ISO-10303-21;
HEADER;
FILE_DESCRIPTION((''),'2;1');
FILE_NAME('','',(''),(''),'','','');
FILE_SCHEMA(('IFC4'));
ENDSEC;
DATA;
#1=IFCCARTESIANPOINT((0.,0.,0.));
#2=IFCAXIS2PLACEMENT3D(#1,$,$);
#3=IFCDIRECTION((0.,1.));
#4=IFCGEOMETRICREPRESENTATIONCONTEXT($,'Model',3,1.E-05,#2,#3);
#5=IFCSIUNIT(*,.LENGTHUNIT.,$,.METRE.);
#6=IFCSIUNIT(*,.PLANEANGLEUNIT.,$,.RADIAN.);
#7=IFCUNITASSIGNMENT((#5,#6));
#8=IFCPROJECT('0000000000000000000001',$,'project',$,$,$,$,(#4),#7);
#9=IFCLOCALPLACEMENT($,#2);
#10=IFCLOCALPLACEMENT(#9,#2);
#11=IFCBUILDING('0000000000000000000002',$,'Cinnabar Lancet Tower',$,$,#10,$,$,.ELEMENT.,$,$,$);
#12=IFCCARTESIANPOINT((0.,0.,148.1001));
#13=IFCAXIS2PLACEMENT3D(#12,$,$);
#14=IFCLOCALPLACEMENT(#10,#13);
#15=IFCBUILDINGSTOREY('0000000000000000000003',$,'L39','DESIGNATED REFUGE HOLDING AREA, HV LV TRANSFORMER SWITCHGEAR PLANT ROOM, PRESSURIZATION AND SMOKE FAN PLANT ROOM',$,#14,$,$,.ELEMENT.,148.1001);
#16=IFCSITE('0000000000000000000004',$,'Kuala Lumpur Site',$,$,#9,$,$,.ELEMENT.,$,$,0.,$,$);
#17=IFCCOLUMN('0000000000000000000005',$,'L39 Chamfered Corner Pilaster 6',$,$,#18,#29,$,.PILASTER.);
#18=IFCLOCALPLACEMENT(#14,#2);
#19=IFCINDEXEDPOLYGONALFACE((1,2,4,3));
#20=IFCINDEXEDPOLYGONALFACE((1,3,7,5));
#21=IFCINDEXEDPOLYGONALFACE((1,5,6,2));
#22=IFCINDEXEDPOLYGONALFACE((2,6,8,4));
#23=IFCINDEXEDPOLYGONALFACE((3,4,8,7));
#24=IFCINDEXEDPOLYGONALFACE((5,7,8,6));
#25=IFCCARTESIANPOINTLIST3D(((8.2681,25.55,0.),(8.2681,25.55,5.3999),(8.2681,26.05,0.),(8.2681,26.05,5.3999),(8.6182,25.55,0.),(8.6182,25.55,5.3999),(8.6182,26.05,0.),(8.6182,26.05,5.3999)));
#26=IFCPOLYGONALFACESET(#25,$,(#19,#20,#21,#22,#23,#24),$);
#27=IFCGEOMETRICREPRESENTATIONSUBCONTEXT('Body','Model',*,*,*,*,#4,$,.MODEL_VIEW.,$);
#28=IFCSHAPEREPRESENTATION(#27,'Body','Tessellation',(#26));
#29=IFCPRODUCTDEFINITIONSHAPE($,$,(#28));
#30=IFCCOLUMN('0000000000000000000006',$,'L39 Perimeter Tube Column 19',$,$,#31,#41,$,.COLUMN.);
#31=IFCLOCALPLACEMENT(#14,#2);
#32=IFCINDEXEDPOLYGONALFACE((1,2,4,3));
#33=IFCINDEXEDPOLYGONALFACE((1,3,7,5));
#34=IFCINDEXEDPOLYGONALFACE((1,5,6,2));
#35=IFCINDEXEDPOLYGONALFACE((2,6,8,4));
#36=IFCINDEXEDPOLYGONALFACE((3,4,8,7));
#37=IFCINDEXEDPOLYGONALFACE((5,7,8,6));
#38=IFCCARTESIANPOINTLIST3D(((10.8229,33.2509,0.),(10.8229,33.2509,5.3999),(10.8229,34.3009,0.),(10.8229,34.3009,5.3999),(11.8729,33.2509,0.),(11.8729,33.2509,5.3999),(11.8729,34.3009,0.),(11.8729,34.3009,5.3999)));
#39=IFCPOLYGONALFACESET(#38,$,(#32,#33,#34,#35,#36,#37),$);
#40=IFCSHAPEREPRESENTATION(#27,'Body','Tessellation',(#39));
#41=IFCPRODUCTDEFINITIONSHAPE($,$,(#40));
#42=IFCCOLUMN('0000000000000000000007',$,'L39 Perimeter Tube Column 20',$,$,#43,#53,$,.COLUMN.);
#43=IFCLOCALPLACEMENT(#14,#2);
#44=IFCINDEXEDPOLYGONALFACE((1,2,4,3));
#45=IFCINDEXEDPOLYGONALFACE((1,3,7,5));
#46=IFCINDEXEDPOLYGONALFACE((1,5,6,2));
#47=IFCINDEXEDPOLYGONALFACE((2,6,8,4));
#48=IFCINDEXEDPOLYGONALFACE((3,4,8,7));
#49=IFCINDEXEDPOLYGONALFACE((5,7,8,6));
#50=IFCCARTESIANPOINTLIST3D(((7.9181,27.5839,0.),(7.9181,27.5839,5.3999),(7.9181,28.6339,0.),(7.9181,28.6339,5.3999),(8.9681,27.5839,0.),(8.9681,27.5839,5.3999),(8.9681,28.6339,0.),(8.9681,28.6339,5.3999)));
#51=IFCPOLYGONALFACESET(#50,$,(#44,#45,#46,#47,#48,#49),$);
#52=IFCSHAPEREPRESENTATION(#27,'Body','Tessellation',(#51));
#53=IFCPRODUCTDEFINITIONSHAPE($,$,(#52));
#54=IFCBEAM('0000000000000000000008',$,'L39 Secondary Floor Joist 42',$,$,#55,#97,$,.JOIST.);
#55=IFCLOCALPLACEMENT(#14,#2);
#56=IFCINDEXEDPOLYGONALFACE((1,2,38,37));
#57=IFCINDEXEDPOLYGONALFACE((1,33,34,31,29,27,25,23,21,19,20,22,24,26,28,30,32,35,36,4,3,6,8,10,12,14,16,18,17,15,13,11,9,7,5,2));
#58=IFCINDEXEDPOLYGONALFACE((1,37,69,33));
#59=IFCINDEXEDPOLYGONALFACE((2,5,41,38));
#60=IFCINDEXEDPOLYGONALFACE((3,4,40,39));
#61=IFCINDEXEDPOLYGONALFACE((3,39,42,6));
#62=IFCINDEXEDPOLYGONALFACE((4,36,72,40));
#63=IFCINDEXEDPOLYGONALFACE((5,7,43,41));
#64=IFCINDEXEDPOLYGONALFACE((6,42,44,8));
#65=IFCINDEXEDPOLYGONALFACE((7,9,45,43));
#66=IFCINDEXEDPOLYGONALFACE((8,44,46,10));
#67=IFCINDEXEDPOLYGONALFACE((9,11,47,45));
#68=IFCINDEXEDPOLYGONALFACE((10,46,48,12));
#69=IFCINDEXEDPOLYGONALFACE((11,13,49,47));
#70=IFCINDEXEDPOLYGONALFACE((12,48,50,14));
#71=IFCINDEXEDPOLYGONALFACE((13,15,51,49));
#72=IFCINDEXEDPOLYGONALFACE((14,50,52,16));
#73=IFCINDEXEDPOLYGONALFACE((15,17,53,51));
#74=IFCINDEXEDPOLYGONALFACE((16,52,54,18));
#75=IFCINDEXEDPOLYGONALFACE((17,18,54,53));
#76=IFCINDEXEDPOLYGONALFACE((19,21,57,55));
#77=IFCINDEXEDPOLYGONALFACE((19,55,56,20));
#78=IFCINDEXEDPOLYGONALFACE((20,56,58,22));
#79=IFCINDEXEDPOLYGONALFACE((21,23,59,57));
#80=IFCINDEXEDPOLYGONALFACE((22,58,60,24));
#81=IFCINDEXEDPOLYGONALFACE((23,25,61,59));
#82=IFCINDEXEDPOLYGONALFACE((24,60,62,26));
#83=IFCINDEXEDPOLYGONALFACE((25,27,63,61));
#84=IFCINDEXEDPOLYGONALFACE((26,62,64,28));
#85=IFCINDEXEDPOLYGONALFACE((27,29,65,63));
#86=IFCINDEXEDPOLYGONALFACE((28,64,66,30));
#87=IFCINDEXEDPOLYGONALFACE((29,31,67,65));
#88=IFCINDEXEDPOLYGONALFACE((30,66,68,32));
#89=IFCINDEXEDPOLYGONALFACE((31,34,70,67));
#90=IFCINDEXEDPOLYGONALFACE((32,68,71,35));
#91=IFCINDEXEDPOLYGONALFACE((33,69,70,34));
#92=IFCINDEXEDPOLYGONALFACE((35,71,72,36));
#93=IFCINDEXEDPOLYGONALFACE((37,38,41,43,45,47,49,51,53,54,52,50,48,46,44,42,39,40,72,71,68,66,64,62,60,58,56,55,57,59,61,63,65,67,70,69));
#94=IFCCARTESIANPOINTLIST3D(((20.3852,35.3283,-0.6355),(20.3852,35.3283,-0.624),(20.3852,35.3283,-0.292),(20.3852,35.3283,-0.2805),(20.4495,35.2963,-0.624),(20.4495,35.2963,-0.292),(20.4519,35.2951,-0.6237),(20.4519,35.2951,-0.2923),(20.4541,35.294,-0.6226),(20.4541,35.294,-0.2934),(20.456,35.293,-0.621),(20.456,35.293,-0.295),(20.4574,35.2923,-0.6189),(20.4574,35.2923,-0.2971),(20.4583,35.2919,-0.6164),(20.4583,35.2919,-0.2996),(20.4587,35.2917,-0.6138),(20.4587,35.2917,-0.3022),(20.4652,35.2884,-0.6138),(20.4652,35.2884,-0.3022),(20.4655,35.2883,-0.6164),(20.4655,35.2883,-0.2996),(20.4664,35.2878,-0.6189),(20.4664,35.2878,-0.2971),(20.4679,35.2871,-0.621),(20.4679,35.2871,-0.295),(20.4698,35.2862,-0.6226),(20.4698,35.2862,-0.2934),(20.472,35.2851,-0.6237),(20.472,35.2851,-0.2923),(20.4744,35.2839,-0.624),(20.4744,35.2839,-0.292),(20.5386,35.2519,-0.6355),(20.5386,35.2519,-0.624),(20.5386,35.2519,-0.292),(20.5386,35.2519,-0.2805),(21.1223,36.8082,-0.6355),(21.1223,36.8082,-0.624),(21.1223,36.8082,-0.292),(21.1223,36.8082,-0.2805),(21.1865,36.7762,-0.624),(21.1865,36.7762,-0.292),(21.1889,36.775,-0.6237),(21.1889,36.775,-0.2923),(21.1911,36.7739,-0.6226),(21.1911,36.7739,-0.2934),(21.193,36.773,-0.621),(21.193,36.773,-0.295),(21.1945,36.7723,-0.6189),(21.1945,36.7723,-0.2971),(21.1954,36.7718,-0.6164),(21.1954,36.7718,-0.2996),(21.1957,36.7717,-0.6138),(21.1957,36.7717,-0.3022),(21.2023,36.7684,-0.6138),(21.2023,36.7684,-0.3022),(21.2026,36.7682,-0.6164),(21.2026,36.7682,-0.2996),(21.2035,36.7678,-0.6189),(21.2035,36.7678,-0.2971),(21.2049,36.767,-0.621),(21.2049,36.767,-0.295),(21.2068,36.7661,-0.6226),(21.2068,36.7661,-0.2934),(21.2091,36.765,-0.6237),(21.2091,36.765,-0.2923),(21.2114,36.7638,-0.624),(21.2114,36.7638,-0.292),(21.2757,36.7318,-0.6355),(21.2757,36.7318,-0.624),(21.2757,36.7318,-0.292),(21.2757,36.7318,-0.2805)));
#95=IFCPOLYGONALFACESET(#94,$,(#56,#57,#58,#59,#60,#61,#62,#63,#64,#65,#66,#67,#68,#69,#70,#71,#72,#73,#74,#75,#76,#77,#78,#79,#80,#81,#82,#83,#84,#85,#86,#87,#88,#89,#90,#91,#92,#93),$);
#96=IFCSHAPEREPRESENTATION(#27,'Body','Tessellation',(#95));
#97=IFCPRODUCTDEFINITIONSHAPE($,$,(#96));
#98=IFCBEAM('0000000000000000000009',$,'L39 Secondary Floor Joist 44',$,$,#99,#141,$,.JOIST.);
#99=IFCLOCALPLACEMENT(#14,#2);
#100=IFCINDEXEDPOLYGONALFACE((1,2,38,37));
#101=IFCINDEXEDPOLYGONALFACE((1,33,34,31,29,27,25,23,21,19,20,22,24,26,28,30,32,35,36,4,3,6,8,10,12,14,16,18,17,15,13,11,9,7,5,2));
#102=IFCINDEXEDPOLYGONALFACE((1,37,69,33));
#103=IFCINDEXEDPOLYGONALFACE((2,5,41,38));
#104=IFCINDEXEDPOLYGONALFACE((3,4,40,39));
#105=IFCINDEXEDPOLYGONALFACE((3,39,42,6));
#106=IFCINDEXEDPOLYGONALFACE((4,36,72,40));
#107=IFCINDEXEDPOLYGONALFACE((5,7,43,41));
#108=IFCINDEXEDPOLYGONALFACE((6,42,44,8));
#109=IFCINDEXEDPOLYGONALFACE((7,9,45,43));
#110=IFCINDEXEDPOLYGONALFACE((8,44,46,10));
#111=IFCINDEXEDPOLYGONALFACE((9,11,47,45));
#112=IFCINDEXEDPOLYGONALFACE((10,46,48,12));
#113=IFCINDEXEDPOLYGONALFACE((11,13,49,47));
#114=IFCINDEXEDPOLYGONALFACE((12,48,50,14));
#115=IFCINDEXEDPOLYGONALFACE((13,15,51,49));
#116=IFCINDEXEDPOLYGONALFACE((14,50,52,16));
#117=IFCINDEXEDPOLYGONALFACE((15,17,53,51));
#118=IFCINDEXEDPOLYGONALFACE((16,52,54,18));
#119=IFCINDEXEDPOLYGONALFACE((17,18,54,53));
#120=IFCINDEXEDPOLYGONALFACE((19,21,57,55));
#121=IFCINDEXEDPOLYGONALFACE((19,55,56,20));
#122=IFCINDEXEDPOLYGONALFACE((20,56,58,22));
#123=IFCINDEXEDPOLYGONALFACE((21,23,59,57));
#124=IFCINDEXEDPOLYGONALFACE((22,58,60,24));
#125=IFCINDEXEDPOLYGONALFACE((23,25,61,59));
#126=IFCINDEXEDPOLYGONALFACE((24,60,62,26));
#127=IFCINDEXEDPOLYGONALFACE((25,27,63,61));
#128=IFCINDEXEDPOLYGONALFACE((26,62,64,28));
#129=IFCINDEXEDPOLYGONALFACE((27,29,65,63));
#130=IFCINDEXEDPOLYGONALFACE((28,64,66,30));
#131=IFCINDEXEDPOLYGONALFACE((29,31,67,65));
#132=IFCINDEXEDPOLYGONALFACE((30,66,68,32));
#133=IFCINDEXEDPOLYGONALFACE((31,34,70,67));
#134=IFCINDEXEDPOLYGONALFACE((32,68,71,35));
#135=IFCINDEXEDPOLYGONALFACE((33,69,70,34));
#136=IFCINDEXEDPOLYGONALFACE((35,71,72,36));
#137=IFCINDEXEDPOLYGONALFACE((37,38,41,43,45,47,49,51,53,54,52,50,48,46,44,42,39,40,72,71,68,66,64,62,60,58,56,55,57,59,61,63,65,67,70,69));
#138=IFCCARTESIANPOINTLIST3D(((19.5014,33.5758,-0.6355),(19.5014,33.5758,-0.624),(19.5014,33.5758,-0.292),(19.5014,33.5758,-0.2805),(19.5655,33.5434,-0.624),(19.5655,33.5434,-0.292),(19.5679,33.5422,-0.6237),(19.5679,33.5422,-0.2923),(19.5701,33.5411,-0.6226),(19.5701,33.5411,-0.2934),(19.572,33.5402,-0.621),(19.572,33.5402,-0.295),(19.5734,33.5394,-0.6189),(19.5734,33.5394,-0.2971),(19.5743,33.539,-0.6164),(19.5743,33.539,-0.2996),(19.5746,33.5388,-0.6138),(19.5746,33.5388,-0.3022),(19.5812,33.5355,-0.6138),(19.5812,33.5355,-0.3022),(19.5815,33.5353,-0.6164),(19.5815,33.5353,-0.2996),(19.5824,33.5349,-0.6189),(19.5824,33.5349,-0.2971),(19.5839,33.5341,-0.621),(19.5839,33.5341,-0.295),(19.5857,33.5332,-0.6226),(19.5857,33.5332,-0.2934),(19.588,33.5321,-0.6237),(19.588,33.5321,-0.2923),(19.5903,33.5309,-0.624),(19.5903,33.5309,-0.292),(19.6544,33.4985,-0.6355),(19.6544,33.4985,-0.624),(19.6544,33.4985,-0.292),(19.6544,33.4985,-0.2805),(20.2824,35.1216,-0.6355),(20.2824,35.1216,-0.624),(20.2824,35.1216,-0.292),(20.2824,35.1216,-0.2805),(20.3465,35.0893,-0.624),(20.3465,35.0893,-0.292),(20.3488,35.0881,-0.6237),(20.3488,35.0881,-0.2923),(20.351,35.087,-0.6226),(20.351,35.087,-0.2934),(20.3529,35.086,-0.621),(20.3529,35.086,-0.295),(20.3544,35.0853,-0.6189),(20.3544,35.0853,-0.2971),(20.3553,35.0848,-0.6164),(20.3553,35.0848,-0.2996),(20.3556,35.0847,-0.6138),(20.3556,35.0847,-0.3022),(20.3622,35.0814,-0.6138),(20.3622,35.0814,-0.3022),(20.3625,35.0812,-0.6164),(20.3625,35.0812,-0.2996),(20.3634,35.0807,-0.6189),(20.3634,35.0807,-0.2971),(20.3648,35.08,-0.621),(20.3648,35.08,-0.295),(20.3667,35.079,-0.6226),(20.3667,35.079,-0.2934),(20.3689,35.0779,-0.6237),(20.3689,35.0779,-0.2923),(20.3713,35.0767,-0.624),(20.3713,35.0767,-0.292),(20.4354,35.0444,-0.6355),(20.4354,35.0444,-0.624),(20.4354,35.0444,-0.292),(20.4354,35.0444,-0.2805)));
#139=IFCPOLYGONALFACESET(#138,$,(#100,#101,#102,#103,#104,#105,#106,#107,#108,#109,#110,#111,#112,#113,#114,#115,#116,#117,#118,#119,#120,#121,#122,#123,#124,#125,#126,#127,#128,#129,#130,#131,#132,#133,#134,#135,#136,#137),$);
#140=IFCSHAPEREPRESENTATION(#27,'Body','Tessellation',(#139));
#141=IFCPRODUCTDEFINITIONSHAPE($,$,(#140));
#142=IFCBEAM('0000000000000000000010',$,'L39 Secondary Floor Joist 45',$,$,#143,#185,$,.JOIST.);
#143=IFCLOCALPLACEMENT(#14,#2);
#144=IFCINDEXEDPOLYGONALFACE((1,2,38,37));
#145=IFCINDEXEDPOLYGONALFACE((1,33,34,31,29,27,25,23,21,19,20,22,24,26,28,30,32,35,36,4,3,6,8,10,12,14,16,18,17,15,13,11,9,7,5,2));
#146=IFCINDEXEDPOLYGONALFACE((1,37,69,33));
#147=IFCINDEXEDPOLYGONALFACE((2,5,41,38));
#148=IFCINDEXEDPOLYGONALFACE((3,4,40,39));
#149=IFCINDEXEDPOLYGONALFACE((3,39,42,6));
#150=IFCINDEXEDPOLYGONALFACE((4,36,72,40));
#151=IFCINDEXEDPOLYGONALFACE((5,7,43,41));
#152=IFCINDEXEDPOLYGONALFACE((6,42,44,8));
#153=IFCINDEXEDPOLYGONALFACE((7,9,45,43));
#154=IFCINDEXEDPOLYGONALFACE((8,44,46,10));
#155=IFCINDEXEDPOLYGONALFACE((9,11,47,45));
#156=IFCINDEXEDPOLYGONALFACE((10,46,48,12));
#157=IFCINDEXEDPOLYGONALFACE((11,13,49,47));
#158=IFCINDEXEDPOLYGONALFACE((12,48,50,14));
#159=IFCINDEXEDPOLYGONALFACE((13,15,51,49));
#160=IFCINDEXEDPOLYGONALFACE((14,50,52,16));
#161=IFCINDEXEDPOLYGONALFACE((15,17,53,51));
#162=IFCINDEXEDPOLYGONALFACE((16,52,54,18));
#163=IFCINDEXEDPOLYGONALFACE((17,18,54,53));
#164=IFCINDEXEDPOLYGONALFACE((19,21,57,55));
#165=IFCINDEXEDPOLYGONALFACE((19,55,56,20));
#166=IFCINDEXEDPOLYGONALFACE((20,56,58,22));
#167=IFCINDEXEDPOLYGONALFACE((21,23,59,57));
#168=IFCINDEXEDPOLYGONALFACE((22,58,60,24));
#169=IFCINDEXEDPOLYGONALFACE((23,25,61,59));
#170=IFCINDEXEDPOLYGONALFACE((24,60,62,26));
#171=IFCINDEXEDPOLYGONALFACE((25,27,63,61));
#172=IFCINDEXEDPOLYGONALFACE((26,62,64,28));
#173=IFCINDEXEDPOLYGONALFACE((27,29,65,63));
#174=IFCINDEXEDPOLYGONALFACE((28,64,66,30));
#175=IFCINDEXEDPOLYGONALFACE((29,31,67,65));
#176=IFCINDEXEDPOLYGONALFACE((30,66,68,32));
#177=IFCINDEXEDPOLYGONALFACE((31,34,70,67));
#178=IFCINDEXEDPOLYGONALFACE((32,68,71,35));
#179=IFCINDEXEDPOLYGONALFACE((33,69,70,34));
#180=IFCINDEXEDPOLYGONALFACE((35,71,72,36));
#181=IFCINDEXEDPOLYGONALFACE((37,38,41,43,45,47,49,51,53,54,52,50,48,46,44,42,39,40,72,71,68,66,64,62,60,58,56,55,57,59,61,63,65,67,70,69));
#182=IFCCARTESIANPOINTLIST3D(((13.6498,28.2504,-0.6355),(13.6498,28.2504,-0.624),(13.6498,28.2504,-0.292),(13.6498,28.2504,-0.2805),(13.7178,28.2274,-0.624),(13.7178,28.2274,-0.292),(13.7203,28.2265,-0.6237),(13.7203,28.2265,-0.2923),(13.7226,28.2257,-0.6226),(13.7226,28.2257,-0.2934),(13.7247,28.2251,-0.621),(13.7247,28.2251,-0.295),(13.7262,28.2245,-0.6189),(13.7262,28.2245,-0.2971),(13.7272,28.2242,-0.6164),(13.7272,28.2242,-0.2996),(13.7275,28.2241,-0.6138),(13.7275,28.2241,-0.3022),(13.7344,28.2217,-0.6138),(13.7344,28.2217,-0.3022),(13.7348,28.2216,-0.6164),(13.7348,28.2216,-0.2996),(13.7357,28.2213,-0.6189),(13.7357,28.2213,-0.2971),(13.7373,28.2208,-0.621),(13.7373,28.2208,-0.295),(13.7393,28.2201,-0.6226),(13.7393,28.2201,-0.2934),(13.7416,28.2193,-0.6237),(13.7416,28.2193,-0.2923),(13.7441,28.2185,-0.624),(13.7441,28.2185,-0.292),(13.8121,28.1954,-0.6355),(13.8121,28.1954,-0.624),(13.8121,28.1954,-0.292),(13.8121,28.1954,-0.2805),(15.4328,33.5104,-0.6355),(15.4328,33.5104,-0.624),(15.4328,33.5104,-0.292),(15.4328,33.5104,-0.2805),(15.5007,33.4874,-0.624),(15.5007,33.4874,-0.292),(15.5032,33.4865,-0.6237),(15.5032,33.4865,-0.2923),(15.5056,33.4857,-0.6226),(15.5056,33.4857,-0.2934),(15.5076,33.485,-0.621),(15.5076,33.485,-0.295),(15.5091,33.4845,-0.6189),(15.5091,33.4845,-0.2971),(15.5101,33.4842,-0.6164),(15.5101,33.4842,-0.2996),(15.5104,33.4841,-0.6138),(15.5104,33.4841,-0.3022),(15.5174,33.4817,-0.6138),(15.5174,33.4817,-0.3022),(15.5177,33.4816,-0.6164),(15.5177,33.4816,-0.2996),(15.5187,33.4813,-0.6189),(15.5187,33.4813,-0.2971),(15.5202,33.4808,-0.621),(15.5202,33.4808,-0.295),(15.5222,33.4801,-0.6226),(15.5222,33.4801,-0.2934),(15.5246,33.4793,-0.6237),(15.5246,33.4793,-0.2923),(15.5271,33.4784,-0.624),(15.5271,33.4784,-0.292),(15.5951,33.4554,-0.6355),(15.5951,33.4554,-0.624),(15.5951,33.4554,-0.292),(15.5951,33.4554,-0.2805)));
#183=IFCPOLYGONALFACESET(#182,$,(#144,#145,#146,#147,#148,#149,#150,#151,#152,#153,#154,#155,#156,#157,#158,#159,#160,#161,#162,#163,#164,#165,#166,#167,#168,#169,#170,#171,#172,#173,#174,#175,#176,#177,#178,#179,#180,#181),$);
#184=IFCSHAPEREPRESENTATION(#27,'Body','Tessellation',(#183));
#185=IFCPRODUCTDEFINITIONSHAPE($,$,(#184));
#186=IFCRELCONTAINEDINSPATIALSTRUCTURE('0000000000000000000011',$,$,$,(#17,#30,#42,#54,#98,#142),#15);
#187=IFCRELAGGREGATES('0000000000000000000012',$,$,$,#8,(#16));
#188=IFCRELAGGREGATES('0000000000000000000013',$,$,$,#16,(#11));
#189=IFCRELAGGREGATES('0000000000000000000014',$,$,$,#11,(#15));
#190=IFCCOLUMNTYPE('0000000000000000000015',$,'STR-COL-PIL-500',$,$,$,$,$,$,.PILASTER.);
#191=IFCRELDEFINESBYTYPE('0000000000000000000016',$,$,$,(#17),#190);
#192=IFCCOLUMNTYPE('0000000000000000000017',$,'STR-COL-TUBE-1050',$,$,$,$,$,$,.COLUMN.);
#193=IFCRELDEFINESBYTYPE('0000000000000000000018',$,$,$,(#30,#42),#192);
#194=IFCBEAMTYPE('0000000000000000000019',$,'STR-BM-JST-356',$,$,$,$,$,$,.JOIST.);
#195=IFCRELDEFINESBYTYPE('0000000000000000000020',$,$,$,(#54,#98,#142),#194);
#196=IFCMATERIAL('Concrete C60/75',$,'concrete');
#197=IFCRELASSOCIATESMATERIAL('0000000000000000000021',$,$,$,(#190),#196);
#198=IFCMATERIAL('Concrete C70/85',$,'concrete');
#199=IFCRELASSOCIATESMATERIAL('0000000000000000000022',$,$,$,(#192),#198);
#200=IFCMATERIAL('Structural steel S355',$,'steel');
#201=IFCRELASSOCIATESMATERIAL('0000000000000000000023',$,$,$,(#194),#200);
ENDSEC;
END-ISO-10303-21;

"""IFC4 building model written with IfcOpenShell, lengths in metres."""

from ifc_helpers import new_model, si_unit, direction, frame, origin, origin_2d, place, context, subcontext, project, spatial, rectangle, i_section, extrude, material, material_profile, profile_set, type_object, element, save


model = new_model("IFC4")

# Units and contexts
model_context = context("Model", 3, precision=1e-05, world=origin(), true_north=direction((0.0, 1.0)))
body_context = subcontext(model_context, "Body", "Model", "MODEL_VIEW")
ifc_project = project(units=[si_unit("LENGTHUNIT", "METRE"), si_unit("PLANEANGLEUNIT", "RADIAN")], contexts=[model_context])

# Site, building, storey
site_placement = place(None, origin())
site = spatial("IfcSite", under=ifc_project, at=site_placement, Name="Kuala Lumpur Site", CompositionType="ELEMENT", RefElevation=0.0)
building_placement = place(site_placement, origin())
building = spatial("IfcBuilding", under=site, at=building_placement, Name="Cinnabar Lancet Tower", CompositionType="ELEMENT")
storey_placement = place(building_placement, frame((0.0, 0.0, 148.1001)))
storey = spatial("IfcBuildingStorey", under=building, at=storey_placement, Name="L39", Description="DESIGNATED REFUGE HOLDING AREA, HV LV TRANSFORMER SWITCHGEAR PLANT ROOM, PRESSURIZATION AND SMOKE FAN PLANT ROOM", CompositionType="ELEMENT", Elevation=148.1001)

# Columns
ifc_material_1 = material(Name="Concrete C60/75", Category="concrete")
ifc_material_profile_1 = material_profile(ifc_material_1, rectangle(XDim=0.5, YDim=0.3501, at=origin_2d()), Name="RC-PIL 500x350")
ifc_profile_set_1 = profile_set([ifc_material_profile_1], Name="Concrete C60/75")
column_type_1 = type_object("IfcColumnType", Name="STR-COL-PIL-500", PredefinedType="PILASTER", material=ifc_profile_set_1)
column_placement = place(storey_placement, frame((8.4431, 25.8, 0.0), z_axis=(0.0, 0.0, 1.0), x_axis=(0.0, -1.0, 0.0)))
element("IfcColumn", 1, at=column_placement, inside=storey, type_object=column_type_1, Name="L39 Chamfered Corner Pilaster 6", PredefinedType="PILASTER", context=body_context, shape_type="SweptSolid", body=[
    extrude(rectangle(XDim=0.5, YDim=0.3501, at=origin_2d()), origin(), (0.0, 0.0, 1.0), 5.3999),
])
ifc_material_2 = material(Name="Concrete C70/85", Category="concrete")
ifc_material_profile_2 = material_profile(ifc_material_2, rectangle(XDim=1.05, YDim=1.05, at=origin_2d()), Name="RC-COL 1050x1050")
ifc_profile_set_2 = profile_set([ifc_material_profile_2], Name="Concrete C70/85")
column_type_2 = type_object("IfcColumnType", Name="STR-COL-TUBE-1050", PredefinedType="COLUMN", material=ifc_profile_set_2)
for number, where, z_axis, x_axis, name in (
    (2, (11.3479, 33.7759, 0.0), (0.0, 0.0, 1.0), (1.0, 0.0, 0.0), "L39 Perimeter Tube Column 19"),
    (3, (8.4431, 28.1089, 0.0), (0.0, 0.0, 1.0), (1.0, 0.0, 0.0), "L39 Perimeter Tube Column 20"),
):
    element("IfcColumn", number, at=place(storey_placement, frame(where, z_axis=z_axis, x_axis=x_axis)), inside=storey, type_object=column_type_2, Name=name, PredefinedType="COLUMN", context=body_context, shape_type="SweptSolid", body=[
        extrude(rectangle(XDim=1.05, YDim=1.05, at=origin_2d()), origin(), (0.0, 0.0, 1.0), 5.3999),
    ])

# Beams
ifc_material_3 = material(Name="Structural steel S355", Category="steel")
ifc_material_profile_3 = material_profile(ifc_material_3, i_section(OverallWidth=0.1714, OverallDepth=0.355, WebThickness=0.0073, FlangeThickness=0.0115, FilletRadius=0.0103, at=origin_2d()), Name="UKB 356x171x51")
ifc_profile_set_3 = profile_set([ifc_material_profile_3], Name="Structural steel S355")
beam_type_1 = type_object("IfcBeamType", Name="STR-BM-JST-356", PredefinedType="JOIST", material=ifc_profile_set_3)
beam_1_placement = place(storey_placement, frame((21.199, 36.77, -0.458), z_axis=(-0.445795, -0.895135, 0.0), x_axis=(0.895135, -0.445795, 0.0)))
element("IfcBeam", 4, at=beam_1_placement, inside=storey, type_object=beam_type_1, Name="L39 Secondary Floor Joist 42", PredefinedType="JOIST", context=body_context, shape_type="SweptSolid", body=[
    extrude(i_section(OverallWidth=0.1714, OverallDepth=0.355, WebThickness=0.0073, FlangeThickness=0.0115, FilletRadius=0.0103, at=origin_2d()), origin(), (0.0, 0.0, 1.0), 1.6533),
])
beam_2_placement = place(storey_placement, frame((20.3589, 35.083, -0.458), z_axis=(-0.450931, -0.892559, 0.0), x_axis=(0.892559, -0.450931, 0.0)))
element("IfcBeam", 5, at=beam_2_placement, inside=storey, type_object=beam_type_1, Name="L39 Secondary Floor Joist 44", PredefinedType="JOIST", context=body_context, shape_type="SweptSolid", body=[
    extrude(i_section(OverallWidth=0.1714, OverallDepth=0.355, WebThickness=0.0073, FlangeThickness=0.0115, FilletRadius=0.0103, at=origin_2d()), origin(), (0.0, 0.0, 1.0), 1.7319),
])
beam_3_placement = place(storey_placement, frame((15.5139, 33.4829, -0.458), z_axis=(-0.321024, -0.947071, 0.0), x_axis=(0.947071, -0.321024, 0.0)))
element("IfcBeam", 6, at=beam_3_placement, inside=storey, type_object=beam_type_1, Name="L39 Secondary Floor Joist 45", PredefinedType="JOIST", context=body_context, shape_type="SweptSolid", body=[
    extrude(i_section(OverallWidth=0.1714, OverallDepth=0.355, WebThickness=0.0073, FlangeThickness=0.0115, FilletRadius=0.0103, at=origin_2d()), origin(), (0.0, 0.0, 1.0), 5.554),
])

save(model, "model.ifc")
